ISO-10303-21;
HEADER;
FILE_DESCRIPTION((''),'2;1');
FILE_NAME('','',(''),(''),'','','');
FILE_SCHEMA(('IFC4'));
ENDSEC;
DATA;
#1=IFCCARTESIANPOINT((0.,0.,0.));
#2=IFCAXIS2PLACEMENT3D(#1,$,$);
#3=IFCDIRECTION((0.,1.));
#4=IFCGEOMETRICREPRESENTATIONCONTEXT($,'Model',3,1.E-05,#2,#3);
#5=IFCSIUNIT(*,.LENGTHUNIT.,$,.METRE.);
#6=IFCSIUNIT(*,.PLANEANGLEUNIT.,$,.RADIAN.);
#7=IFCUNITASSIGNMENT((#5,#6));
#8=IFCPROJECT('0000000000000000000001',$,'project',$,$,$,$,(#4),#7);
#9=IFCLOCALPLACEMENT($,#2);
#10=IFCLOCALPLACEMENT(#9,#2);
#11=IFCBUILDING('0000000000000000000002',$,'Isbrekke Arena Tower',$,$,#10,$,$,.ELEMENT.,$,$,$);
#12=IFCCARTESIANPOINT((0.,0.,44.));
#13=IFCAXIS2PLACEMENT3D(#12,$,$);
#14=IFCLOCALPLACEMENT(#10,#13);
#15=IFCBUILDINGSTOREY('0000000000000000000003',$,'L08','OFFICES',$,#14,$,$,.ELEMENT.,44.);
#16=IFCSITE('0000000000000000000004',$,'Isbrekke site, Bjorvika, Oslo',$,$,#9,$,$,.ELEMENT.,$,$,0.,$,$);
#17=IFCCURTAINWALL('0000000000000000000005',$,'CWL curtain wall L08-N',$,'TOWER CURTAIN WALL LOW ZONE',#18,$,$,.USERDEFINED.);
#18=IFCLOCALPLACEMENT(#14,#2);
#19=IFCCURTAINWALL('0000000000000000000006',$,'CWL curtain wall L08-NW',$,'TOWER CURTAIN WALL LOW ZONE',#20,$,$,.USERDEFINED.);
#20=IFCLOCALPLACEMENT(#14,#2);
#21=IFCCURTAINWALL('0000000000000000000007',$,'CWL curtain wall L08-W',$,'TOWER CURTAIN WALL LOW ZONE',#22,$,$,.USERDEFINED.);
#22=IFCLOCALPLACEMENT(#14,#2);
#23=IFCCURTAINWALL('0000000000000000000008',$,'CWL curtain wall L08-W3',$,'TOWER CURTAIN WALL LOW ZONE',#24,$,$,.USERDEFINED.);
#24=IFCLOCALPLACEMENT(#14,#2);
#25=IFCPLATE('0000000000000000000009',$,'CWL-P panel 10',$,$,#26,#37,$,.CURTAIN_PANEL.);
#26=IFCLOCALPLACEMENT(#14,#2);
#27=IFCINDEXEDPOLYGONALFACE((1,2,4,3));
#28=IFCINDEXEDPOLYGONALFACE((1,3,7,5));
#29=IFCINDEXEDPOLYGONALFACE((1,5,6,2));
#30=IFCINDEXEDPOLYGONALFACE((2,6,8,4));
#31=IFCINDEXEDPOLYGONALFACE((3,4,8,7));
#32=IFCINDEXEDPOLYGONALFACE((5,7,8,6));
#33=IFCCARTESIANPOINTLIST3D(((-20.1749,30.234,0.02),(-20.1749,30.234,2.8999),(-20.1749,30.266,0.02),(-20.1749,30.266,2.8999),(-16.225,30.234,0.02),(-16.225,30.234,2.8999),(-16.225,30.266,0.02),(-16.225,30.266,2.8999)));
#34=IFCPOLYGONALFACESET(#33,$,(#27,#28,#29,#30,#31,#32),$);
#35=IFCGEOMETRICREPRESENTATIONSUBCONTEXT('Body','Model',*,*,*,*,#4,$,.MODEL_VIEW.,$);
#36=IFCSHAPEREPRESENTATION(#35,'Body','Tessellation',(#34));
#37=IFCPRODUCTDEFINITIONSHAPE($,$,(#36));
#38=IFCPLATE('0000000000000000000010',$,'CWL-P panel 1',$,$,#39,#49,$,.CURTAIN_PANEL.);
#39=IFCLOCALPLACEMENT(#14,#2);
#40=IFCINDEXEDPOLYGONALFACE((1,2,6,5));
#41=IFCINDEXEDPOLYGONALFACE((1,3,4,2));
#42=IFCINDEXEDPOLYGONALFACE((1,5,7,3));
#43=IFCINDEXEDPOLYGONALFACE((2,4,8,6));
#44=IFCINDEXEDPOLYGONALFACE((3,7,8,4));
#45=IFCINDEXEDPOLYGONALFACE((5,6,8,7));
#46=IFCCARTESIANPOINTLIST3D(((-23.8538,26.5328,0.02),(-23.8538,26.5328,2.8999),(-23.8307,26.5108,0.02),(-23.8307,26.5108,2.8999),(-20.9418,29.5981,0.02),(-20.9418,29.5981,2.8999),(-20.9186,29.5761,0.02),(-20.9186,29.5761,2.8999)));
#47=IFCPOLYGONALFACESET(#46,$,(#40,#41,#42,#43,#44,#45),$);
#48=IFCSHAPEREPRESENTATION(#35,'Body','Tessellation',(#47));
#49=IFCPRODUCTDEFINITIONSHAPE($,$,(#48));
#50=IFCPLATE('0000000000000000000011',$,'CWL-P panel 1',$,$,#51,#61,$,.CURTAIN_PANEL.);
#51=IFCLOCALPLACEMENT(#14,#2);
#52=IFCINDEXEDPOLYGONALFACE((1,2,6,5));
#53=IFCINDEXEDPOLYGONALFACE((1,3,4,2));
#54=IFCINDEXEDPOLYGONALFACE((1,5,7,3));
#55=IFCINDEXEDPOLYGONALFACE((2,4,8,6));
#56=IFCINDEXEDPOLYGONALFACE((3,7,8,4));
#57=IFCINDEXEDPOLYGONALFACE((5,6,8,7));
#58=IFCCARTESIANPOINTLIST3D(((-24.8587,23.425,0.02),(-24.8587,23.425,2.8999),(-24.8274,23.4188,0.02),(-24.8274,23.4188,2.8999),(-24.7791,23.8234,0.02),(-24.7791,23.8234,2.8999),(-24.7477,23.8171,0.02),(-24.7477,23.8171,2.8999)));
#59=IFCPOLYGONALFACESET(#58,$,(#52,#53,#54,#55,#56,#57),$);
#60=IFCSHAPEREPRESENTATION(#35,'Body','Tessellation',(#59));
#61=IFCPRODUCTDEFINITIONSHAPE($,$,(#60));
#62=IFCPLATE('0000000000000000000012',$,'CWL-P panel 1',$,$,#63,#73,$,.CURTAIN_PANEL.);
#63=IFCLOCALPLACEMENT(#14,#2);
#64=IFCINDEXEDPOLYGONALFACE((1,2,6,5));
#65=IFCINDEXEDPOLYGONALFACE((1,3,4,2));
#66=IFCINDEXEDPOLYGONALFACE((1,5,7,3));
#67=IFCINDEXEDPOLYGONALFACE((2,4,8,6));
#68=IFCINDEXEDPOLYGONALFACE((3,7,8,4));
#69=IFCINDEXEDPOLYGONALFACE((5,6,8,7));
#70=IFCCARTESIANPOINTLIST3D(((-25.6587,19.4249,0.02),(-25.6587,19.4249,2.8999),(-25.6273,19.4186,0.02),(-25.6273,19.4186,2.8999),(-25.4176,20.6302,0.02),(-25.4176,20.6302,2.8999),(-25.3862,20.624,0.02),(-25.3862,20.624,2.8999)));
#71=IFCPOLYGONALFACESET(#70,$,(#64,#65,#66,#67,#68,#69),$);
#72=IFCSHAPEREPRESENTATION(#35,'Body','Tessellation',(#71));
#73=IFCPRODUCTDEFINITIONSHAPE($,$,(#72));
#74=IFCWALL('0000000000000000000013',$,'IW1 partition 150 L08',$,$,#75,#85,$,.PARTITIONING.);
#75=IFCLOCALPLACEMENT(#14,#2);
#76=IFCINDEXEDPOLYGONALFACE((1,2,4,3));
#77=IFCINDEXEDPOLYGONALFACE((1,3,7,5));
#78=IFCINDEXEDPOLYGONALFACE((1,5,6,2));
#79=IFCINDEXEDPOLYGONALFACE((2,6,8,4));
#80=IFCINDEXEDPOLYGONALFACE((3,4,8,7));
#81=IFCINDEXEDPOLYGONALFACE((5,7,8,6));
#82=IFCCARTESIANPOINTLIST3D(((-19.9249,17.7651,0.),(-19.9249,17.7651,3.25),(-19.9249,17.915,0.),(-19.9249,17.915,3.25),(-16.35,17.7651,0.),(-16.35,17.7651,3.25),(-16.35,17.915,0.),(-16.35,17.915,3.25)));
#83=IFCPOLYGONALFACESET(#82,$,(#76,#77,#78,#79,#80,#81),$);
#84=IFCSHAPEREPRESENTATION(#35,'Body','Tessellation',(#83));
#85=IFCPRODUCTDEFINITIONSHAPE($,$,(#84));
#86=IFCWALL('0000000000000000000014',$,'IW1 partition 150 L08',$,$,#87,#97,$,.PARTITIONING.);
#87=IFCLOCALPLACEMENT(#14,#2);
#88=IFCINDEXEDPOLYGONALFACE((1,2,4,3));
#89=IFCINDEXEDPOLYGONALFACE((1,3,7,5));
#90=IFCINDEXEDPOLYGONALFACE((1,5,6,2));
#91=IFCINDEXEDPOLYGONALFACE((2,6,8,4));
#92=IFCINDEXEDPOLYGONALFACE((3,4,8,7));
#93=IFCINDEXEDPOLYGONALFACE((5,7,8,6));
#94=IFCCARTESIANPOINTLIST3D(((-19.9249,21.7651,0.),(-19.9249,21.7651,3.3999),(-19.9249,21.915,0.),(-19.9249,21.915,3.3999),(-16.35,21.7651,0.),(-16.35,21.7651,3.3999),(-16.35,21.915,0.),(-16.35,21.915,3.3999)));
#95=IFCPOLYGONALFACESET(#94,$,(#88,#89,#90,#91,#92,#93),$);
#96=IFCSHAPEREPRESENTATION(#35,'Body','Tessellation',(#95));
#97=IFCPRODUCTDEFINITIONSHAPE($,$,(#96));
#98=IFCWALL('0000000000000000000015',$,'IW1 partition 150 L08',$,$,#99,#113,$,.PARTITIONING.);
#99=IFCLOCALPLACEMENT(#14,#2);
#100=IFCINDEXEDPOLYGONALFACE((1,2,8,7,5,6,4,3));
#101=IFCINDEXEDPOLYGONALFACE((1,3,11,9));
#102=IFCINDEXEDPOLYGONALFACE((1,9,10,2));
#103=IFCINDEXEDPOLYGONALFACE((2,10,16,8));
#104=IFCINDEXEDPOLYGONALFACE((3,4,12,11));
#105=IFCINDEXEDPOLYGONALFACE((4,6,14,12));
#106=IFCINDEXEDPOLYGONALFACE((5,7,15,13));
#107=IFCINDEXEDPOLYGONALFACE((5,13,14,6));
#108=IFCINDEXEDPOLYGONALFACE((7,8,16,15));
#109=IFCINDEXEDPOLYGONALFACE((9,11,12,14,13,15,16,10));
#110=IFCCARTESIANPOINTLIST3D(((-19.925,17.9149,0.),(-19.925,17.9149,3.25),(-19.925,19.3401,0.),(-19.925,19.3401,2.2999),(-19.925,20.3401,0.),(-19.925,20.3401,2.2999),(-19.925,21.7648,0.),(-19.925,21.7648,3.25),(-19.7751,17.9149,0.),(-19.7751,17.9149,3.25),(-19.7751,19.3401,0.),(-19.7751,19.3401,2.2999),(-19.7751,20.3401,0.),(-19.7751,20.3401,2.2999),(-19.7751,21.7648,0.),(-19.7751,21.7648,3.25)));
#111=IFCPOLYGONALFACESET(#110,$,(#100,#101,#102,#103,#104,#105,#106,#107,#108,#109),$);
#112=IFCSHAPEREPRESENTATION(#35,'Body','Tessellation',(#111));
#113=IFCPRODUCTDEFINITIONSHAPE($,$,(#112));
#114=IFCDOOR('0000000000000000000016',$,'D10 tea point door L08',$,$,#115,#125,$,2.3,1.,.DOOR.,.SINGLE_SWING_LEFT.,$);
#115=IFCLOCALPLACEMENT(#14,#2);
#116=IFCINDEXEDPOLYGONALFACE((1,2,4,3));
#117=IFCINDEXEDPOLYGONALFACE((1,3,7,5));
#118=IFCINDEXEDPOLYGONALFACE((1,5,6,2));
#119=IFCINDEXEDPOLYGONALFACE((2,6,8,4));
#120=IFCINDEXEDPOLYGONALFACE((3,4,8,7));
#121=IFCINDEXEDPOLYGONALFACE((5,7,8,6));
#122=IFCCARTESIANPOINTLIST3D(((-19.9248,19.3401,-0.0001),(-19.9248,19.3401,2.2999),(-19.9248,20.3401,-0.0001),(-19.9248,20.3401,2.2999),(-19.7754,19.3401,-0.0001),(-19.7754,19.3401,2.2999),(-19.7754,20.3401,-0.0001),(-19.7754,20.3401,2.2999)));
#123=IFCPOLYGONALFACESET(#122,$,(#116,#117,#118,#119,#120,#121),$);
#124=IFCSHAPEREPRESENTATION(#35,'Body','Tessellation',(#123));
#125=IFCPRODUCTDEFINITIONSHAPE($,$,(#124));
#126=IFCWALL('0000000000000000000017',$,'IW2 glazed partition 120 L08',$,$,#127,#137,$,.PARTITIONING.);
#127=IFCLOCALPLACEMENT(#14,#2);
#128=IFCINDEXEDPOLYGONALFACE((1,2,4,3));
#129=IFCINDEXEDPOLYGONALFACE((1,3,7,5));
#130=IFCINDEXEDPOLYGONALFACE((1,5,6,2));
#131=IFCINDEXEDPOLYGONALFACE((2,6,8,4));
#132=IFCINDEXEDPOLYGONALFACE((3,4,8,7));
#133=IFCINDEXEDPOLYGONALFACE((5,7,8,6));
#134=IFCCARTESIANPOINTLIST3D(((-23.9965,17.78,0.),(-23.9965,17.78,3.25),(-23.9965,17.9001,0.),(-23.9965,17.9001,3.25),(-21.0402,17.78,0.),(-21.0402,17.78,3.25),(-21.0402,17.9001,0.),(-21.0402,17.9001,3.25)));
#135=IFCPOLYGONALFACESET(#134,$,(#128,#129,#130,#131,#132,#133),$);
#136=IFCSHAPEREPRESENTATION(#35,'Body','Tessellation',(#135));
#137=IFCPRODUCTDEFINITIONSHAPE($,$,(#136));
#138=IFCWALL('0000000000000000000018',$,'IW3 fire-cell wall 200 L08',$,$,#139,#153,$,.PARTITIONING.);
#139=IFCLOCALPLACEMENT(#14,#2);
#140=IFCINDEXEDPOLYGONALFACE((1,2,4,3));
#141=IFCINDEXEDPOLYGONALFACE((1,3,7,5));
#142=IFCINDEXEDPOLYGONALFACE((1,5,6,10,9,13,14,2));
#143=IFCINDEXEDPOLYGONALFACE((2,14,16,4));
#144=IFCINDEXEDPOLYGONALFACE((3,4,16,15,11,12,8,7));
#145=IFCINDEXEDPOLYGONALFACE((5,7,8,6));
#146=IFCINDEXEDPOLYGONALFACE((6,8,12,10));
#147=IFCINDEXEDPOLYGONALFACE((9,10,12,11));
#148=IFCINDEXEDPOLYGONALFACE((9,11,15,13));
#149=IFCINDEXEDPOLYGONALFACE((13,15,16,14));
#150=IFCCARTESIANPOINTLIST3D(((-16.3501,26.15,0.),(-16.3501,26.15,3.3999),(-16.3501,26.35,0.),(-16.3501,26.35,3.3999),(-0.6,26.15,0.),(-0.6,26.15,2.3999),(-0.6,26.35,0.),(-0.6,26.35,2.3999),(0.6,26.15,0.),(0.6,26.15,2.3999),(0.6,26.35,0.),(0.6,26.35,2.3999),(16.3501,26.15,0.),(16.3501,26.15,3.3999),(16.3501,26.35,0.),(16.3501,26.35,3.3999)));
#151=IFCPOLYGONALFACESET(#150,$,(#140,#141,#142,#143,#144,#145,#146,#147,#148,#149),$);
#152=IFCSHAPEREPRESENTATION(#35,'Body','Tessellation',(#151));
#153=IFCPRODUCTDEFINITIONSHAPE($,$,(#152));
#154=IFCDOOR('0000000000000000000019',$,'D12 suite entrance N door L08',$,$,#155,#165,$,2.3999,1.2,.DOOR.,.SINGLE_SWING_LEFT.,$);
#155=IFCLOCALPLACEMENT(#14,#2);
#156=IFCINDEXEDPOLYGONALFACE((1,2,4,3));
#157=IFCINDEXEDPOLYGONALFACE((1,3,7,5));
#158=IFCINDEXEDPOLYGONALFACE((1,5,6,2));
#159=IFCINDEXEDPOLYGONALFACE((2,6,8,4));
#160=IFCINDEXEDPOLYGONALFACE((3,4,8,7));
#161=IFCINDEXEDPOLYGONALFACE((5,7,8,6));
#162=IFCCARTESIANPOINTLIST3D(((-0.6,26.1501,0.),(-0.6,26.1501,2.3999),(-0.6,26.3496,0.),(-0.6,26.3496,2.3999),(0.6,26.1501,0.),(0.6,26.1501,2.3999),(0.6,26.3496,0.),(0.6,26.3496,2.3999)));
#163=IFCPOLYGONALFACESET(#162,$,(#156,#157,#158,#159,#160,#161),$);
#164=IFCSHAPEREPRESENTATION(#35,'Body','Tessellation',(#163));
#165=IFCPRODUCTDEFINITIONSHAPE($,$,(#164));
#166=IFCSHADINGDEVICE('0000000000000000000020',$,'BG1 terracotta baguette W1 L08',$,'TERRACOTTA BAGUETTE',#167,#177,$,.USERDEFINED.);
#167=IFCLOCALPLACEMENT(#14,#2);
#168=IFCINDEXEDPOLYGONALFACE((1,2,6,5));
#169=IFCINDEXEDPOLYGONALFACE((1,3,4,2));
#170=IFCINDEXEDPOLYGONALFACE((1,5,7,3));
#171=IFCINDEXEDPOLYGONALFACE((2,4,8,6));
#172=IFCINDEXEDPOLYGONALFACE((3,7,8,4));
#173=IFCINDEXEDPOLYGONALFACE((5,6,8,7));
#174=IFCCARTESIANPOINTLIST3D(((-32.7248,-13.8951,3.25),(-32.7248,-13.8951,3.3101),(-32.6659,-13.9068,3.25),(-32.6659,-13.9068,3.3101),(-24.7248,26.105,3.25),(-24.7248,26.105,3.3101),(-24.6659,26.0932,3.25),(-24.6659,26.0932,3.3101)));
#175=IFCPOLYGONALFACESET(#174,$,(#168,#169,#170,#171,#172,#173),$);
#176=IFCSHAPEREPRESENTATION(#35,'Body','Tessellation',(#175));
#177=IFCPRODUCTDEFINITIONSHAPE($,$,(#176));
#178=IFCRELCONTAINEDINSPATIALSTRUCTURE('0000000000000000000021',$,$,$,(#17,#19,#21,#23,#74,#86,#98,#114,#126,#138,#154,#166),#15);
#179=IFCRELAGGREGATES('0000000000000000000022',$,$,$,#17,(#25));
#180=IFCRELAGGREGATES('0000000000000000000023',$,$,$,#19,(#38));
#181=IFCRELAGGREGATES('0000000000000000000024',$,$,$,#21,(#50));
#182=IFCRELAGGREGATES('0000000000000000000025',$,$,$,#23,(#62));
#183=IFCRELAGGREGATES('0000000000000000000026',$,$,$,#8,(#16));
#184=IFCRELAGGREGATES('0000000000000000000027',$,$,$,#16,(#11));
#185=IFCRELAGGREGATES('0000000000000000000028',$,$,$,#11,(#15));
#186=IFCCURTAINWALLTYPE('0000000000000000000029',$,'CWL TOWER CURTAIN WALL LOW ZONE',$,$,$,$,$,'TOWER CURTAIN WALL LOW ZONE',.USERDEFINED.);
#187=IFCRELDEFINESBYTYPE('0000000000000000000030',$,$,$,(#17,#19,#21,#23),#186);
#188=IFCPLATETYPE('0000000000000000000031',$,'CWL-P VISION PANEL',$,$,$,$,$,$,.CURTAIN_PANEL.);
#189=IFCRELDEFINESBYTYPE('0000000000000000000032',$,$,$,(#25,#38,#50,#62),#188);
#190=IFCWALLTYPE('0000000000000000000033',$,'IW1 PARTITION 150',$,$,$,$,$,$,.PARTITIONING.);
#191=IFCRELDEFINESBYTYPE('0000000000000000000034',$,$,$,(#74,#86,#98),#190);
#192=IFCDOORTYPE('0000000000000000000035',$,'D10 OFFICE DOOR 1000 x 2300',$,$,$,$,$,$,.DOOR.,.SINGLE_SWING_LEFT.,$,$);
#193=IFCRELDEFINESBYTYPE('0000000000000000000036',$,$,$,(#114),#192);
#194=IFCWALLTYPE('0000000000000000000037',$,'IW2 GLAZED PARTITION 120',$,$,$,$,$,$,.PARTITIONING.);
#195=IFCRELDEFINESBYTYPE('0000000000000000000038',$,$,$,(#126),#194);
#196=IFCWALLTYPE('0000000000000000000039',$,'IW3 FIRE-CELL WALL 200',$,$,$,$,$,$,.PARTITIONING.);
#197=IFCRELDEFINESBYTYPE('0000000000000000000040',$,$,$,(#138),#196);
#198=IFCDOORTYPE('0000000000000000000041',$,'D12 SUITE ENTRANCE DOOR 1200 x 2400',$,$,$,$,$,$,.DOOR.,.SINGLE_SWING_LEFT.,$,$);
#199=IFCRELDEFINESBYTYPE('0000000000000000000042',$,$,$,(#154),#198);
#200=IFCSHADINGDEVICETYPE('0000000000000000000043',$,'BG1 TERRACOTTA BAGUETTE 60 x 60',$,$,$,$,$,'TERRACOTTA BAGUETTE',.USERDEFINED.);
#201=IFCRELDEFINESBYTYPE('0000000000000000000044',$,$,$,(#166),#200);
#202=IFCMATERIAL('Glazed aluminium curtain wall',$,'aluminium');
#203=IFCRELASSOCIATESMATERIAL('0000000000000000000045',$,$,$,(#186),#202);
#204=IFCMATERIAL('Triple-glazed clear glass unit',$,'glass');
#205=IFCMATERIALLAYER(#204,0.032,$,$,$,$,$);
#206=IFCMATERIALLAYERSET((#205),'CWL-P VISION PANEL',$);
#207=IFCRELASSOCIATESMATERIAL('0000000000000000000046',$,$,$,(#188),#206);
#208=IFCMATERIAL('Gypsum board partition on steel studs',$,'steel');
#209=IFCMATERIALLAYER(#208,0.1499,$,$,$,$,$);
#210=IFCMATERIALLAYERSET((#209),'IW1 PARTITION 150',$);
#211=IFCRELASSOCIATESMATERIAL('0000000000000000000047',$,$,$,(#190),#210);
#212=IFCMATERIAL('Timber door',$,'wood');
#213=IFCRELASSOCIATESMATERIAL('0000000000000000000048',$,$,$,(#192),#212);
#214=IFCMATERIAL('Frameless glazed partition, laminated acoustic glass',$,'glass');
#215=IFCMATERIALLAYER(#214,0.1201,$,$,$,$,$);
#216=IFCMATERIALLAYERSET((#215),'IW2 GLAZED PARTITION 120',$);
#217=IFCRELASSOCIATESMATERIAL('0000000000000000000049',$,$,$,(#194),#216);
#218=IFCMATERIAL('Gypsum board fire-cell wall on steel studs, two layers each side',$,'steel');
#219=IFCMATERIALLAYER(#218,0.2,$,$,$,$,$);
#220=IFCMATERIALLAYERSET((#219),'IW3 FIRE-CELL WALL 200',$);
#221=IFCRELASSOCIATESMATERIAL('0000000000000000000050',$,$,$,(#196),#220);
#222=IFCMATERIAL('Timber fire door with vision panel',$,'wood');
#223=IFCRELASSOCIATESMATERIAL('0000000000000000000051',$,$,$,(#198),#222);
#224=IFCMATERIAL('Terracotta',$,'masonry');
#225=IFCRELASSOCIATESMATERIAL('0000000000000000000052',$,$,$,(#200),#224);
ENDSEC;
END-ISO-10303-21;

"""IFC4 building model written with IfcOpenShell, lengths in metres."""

from ifc_helpers import new_model, si_unit, direction, frame, frame_2d, origin, origin_2d, place, context, subcontext, project, spatial, rectangle, extrude, material, layer, layer_set, material_profile, profile_set, type_object, element, fill, aggregate, save


model = new_model("IFC4")

# Units and contexts
model_context = context("Model", 3, precision=1e-05, world=origin(), true_north=direction((0.0, 1.0)))
body_context = subcontext(model_context, "Body", "Model", "MODEL_VIEW")
ifc_project = project(units=[si_unit("LENGTHUNIT", "METRE"), si_unit("PLANEANGLEUNIT", "RADIAN")], contexts=[model_context])

# Site, building, storey
site_placement = place(None, origin())
site = spatial("IfcSite", under=ifc_project, at=site_placement, Name="Isbrekke site, Bjorvika, Oslo", CompositionType="ELEMENT", RefElevation=0.0)
building_placement = place(site_placement, origin())
building = spatial("IfcBuilding", under=site, at=building_placement, Name="Isbrekke Arena Tower", CompositionType="ELEMENT")
storey_placement = place(building_placement, frame((0.0, 0.0, 44.0)))
storey = spatial("IfcBuildingStorey", under=building, at=storey_placement, Name="L08", Description="OFFICES", CompositionType="ELEMENT", Elevation=44.0)

# Curtain wall
ifc_material_1 = material(Name="Glazed aluminium curtain wall", Category="aluminium")
curtain_wall_type = type_object("IfcCurtainWallType", Name="CWL TOWER CURTAIN WALL LOW ZONE", ElementType="TOWER CURTAIN WALL LOW ZONE", PredefinedType="USERDEFINED", material=ifc_material_1)
curtain_wall_1_placement = place(storey_placement, origin())
curtain_wall_1 = element("IfcCurtainWall", 1, at=curtain_wall_1_placement, inside=storey, type_object=curtain_wall_type, Name="CWL curtain wall L08-N", ObjectType="TOWER CURTAIN WALL LOW ZONE", PredefinedType="USERDEFINED")

# Curtain walls
curtain_wall_2_placement = place(storey_placement, origin())
curtain_wall_2 = element("IfcCurtainWall", 2, at=curtain_wall_2_placement, inside=storey, type_object=curtain_wall_type, Name="CWL curtain wall L08-NW", ObjectType="TOWER CURTAIN WALL LOW ZONE", PredefinedType="USERDEFINED")
curtain_wall_3_placement = place(storey_placement, origin())
curtain_wall_3 = element("IfcCurtainWall", 3, at=curtain_wall_3_placement, inside=storey, type_object=curtain_wall_type, Name="CWL curtain wall L08-W", ObjectType="TOWER CURTAIN WALL LOW ZONE", PredefinedType="USERDEFINED")
curtain_wall_4_placement = place(storey_placement, origin())
curtain_wall_4 = element("IfcCurtainWall", 4, at=curtain_wall_4_placement, inside=storey, type_object=curtain_wall_type, Name="CWL curtain wall L08-W3", ObjectType="TOWER CURTAIN WALL LOW ZONE", PredefinedType="USERDEFINED")

# Plates
ifc_material_2 = material(Name="Triple-glazed clear glass unit", Category="glass")
ifc_layer_1 = layer(ifc_material_2, 0.032)
ifc_layer_set_1 = layer_set([ifc_layer_1], Name="CWL-P VISION PANEL")
plate_type = type_object("IfcPlateType", Name="CWL-P VISION PANEL", PredefinedType="CURTAIN_PANEL", material=ifc_layer_set_1)
plate_1_placement = place(storey_placement, frame((-18.2, 30.25, 0.02), z_axis=(0.0, 0.0, 1.0), x_axis=(-1.0, 0.0, 0.0)))
plate_1 = element("IfcPlate", 5, at=plate_1_placement, type_object=plate_type, Name="CWL-P panel 10", PredefinedType="CURTAIN_PANEL", context=body_context, shape_type="SweptSolid", body=[
    extrude(rectangle(XDim=3.95, YDim=0.032, at=origin_2d()), origin(), (0.0, 0.0, 1.0), 2.8799),
])
aggregate(curtain_wall_1, [plate_1])
plate_2_placement = place(storey_placement, frame((-22.3862, 28.0544, 0.02), z_axis=(0.0, 0.0, 1.0), x_axis=(-0.688749, -0.724999, 0.0)))
plate_2 = element("IfcPlate", 6, at=plate_2_placement, type_object=plate_type, Name="CWL-P panel 1", PredefinedType="CURTAIN_PANEL", context=body_context, shape_type="SweptSolid", body=[
    extrude(rectangle(XDim=4.228, YDim=0.032, at=origin_2d()), origin(), (0.0, 0.0, 1.0), 2.8799),
])
aggregate(curtain_wall_2, [plate_2])
plate_3_placement = place(storey_placement, frame((-24.8032, 23.6211, 0.02), z_axis=(0.0, 0.0, 1.0), x_axis=(-0.196116, -0.980581, 0.0)))
plate_3 = element("IfcPlate", 7, at=plate_3_placement, type_object=plate_type, Name="CWL-P panel 1", PredefinedType="CURTAIN_PANEL", context=body_context, shape_type="SweptSolid", body=[
    extrude(rectangle(XDim=0.4062, YDim=0.032, at=origin_2d()), origin(), (0.0, 0.0, 1.0), 2.8799),
])
aggregate(curtain_wall_3, [plate_3])
plate_4_placement = place(storey_placement, frame((-25.5225, 20.0244, 0.02), z_axis=(0.0, 0.0, 1.0), x_axis=(-0.196116, -0.980581, 0.0)))
plate_4 = element("IfcPlate", 8, at=plate_4_placement, type_object=plate_type, Name="CWL-P panel 1", PredefinedType="CURTAIN_PANEL", context=body_context, shape_type="SweptSolid", body=[
    extrude(rectangle(XDim=1.2292, YDim=0.032, at=origin_2d()), origin(), (0.0, 0.0, 1.0), 2.8799),
])
aggregate(curtain_wall_4, [plate_4])

# Walls
ifc_material_3 = material(Name="Gypsum board partition on steel studs", Category="steel")
ifc_layer_2 = layer(ifc_material_3, 0.1499)
ifc_layer_set_2 = layer_set([ifc_layer_2], Name="IW1 PARTITION 150")
wall_type_1 = type_object("IfcWallType", Name="IW1 PARTITION 150", PredefinedType="PARTITIONING", material=ifc_layer_set_2)
wall_1_placement = place(storey_placement, frame((-19.925, 17.8401, 0.0), z_axis=(0.0, 0.0, 1.0), x_axis=(1.0, 0.0, 0.0)))
element("IfcWall", 9, at=wall_1_placement, inside=storey, type_object=wall_type_1, Name="IW1 partition 150 L08", PredefinedType="PARTITIONING", context=body_context, shape_type="SweptSolid", body=[
    extrude(rectangle(XDim=3.575, YDim=0.1499, at=frame_2d((1.7876, 0.0))), origin(), (0.0, 0.0, 1.0), 3.25),
])
wall_2_placement = place(storey_placement, frame((-19.925, 21.8401, 0.0), z_axis=(0.0, 0.0, 1.0), x_axis=(1.0, 0.0, 0.0)))
element("IfcWall", 10, at=wall_2_placement, inside=storey, type_object=wall_type_1, Name="IW1 partition 150 L08", PredefinedType="PARTITIONING", context=body_context, shape_type="SweptSolid", body=[
    extrude(rectangle(XDim=3.575, YDim=0.1499, at=frame_2d((1.7876, 0.0))), origin(), (0.0, 0.0, 1.0), 3.3999),
])

# Wall, opening, door
wall_3_placement = place(storey_placement, frame((-19.8501, 17.915, 0.0), z_axis=(0.0, 0.0, 1.0), x_axis=(0.0, 1.0, 0.0)))
wall_3 = element("IfcWall", 11, at=wall_3_placement, inside=storey, type_object=wall_type_1, Name="IW1 partition 150 L08", PredefinedType="PARTITIONING", context=body_context, shape_type="SweptSolid", body=[
    extrude(rectangle(XDim=3.8499, YDim=0.1499, at=frame_2d((1.9248, 0.0))), origin(), (0.0, 0.0, 1.0), 3.25),
])
opening_1_placement = place(wall_3_placement, frame((1.425, 0.0, 0.0)))
opening_1 = element("IfcOpeningElement", 12, at=opening_1_placement, cuts=wall_3, PredefinedType="OPENING", context=body_context, shape_type="SweptSolid", body=[
    extrude(rectangle(XDim=1.0, YDim=2.3, at=frame_2d((0.5, 1.1499))), frame((0.0, 0.0898, 0.0), z_axis=(0.0, -1.0, 0.0), x_axis=(1.0, 0.0, 0.0)), (0.0, 0.0, 1.0), 0.1797),
])
ifc_material_4 = material(Name="Timber door", Category="wood")
door_type_1 = type_object("IfcDoorType", Name="D10 OFFICE DOOR 1000 x 2300", OperationType="SINGLE_SWING_LEFT", PredefinedType="DOOR", material=ifc_material_4)
door_1_placement = place(opening_1_placement, origin())
door_1 = element("IfcDoor", 13, at=door_1_placement, inside=storey, type_object=door_type_1, Name="D10 tea point door L08", OperationType="SINGLE_SWING_LEFT", OverallHeight=2.3, OverallWidth=1.0, PredefinedType="DOOR", context=body_context, shape_type="SweptSolid", body=[
    extrude(rectangle(XDim=1.0, YDim=2.3, at=frame_2d((0.5, 1.1499))), frame((0.0, 0.0747, 0.0), z_axis=(0.0, -1.0, 0.0), x_axis=(1.0, 0.0, 0.0)), (0.0, 0.0, 1.0), 0.1494),
])
fill(opening_1, door_1)

# Wall
ifc_material_5 = material(Name="Frameless glazed partition, laminated acoustic glass", Category="glass")
ifc_layer_3 = layer(ifc_material_5, 0.1201)
ifc_layer_set_3 = layer_set([ifc_layer_3], Name="IW2 GLAZED PARTITION 120")
wall_type_2 = type_object("IfcWallType", Name="IW2 GLAZED PARTITION 120", PredefinedType="PARTITIONING", material=ifc_layer_set_3)
wall_4_placement = place(storey_placement, frame((-23.9963, 17.8401, 0.0), z_axis=(0.0, 0.0, 1.0), x_axis=(1.0, 0.0, 0.0)))
element("IfcWall", 14, at=wall_4_placement, inside=storey, type_object=wall_type_2, Name="IW2 glazed partition 120 L08", PredefinedType="PARTITIONING", context=body_context, shape_type="SweptSolid", body=[
    extrude(rectangle(XDim=2.9563, YDim=0.1201, at=frame_2d((1.478, 0.0))), origin(), (0.0, 0.0, 1.0), 3.25),
])

# Wall, opening, door
ifc_material_6 = material(Name="Gypsum board fire-cell wall on steel studs, two layers each side", Category="steel")
ifc_layer_4 = layer(ifc_material_6, 0.2)
ifc_layer_set_4 = layer_set([ifc_layer_4], Name="IW3 FIRE-CELL WALL 200")
wall_type_3 = type_object("IfcWallType", Name="IW3 FIRE-CELL WALL 200", PredefinedType="PARTITIONING", material=ifc_layer_set_4)
wall_5_placement = place(storey_placement, frame((-16.3501, 26.25, 0.0), z_axis=(0.0, 0.0, 1.0), x_axis=(1.0, 0.0, 0.0)))
wall_5 = element("IfcWall", 15, at=wall_5_placement, inside=storey, type_object=wall_type_3, Name="IW3 fire-cell wall 200 L08", PredefinedType="PARTITIONING", context=body_context, shape_type="SweptSolid", body=[
    extrude(rectangle(XDim=32.7002, YDim=0.2, at=frame_2d((16.3501, 0.0))), origin(), (0.0, 0.0, 1.0), 3.3999),
])
opening_2_placement = place(wall_5_placement, frame((15.75, 0.0, 0.0)))
opening_2 = element("IfcOpeningElement", 16, at=opening_2_placement, cuts=wall_5, PredefinedType="OPENING", context=body_context, shape_type="SweptSolid", body=[
    extrude(rectangle(XDim=1.2, YDim=2.3999, at=frame_2d((0.6001, 1.2))), frame((0.0, 0.1147, 0.0), z_axis=(0.0, -1.0, 0.0), x_axis=(1.0, 0.0, 0.0)), (0.0, 0.0, 1.0), 0.2297),
])
ifc_material_7 = material(Name="Timber fire door with vision panel", Category="wood")
door_type_2 = type_object("IfcDoorType", Name="D12 SUITE ENTRANCE DOOR 1200 x 2400", OperationType="SINGLE_SWING_LEFT", PredefinedType="DOOR", material=ifc_material_7)
door_2_placement = place(opening_2_placement, origin())
door_2 = element("IfcDoor", 17, at=door_2_placement, inside=storey, type_object=door_type_2, Name="D12 suite entrance N door L08", OperationType="SINGLE_SWING_LEFT", OverallHeight=2.3999, OverallWidth=1.2, PredefinedType="DOOR", context=body_context, shape_type="SweptSolid", body=[
    extrude(rectangle(XDim=1.2, YDim=2.3999, at=frame_2d((0.6001, 1.2))), frame((0.0, 0.0996, 0.0), z_axis=(0.0, -1.0, 0.0), x_axis=(1.0, 0.0, 0.0)), (0.0, 0.0, 1.0), 0.1995),
])
fill(opening_2, door_2)

# Shading device
ifc_material_8 = material(Name="Terracotta", Category="masonry")
ifc_material_profile_1 = material_profile(ifc_material_8, rectangle(XDim=0.0601, YDim=0.0601, at=origin_2d()), Name="BAGUETTE 60X60")
ifc_profile_set_1 = profile_set([ifc_material_profile_1], Name="Terracotta")
shading_device_type = type_object("IfcShadingDeviceType", Name="BG1 TERRACOTTA BAGUETTE 60 x 60", ElementType="TERRACOTTA BAGUETTE", PredefinedType="USERDEFINED", material=ifc_profile_set_1)
for number, where, z_axis, x_axis, name in (
    (18, (-24.6953, 26.0991, 3.28), (-0.196116, -0.980581, 0.0), (0.980581, -0.196116, 0.0), "BG1 terracotta baguette W1 L08"),
):
    element("IfcShadingDevice", number, at=place(storey_placement, frame(where, z_axis=z_axis, x_axis=x_axis)), inside=storey, type_object=shading_device_type, Name=name, ObjectType="TERRACOTTA BAGUETTE", PredefinedType="USERDEFINED", context=body_context, shape_type="SweptSolid", body=[
        extrude(rectangle(XDim=0.0601, YDim=0.0601, at=origin_2d()), origin(), (0.0, 0.0, 1.0), 40.7922),
    ])

save(model, "model.ifc")
